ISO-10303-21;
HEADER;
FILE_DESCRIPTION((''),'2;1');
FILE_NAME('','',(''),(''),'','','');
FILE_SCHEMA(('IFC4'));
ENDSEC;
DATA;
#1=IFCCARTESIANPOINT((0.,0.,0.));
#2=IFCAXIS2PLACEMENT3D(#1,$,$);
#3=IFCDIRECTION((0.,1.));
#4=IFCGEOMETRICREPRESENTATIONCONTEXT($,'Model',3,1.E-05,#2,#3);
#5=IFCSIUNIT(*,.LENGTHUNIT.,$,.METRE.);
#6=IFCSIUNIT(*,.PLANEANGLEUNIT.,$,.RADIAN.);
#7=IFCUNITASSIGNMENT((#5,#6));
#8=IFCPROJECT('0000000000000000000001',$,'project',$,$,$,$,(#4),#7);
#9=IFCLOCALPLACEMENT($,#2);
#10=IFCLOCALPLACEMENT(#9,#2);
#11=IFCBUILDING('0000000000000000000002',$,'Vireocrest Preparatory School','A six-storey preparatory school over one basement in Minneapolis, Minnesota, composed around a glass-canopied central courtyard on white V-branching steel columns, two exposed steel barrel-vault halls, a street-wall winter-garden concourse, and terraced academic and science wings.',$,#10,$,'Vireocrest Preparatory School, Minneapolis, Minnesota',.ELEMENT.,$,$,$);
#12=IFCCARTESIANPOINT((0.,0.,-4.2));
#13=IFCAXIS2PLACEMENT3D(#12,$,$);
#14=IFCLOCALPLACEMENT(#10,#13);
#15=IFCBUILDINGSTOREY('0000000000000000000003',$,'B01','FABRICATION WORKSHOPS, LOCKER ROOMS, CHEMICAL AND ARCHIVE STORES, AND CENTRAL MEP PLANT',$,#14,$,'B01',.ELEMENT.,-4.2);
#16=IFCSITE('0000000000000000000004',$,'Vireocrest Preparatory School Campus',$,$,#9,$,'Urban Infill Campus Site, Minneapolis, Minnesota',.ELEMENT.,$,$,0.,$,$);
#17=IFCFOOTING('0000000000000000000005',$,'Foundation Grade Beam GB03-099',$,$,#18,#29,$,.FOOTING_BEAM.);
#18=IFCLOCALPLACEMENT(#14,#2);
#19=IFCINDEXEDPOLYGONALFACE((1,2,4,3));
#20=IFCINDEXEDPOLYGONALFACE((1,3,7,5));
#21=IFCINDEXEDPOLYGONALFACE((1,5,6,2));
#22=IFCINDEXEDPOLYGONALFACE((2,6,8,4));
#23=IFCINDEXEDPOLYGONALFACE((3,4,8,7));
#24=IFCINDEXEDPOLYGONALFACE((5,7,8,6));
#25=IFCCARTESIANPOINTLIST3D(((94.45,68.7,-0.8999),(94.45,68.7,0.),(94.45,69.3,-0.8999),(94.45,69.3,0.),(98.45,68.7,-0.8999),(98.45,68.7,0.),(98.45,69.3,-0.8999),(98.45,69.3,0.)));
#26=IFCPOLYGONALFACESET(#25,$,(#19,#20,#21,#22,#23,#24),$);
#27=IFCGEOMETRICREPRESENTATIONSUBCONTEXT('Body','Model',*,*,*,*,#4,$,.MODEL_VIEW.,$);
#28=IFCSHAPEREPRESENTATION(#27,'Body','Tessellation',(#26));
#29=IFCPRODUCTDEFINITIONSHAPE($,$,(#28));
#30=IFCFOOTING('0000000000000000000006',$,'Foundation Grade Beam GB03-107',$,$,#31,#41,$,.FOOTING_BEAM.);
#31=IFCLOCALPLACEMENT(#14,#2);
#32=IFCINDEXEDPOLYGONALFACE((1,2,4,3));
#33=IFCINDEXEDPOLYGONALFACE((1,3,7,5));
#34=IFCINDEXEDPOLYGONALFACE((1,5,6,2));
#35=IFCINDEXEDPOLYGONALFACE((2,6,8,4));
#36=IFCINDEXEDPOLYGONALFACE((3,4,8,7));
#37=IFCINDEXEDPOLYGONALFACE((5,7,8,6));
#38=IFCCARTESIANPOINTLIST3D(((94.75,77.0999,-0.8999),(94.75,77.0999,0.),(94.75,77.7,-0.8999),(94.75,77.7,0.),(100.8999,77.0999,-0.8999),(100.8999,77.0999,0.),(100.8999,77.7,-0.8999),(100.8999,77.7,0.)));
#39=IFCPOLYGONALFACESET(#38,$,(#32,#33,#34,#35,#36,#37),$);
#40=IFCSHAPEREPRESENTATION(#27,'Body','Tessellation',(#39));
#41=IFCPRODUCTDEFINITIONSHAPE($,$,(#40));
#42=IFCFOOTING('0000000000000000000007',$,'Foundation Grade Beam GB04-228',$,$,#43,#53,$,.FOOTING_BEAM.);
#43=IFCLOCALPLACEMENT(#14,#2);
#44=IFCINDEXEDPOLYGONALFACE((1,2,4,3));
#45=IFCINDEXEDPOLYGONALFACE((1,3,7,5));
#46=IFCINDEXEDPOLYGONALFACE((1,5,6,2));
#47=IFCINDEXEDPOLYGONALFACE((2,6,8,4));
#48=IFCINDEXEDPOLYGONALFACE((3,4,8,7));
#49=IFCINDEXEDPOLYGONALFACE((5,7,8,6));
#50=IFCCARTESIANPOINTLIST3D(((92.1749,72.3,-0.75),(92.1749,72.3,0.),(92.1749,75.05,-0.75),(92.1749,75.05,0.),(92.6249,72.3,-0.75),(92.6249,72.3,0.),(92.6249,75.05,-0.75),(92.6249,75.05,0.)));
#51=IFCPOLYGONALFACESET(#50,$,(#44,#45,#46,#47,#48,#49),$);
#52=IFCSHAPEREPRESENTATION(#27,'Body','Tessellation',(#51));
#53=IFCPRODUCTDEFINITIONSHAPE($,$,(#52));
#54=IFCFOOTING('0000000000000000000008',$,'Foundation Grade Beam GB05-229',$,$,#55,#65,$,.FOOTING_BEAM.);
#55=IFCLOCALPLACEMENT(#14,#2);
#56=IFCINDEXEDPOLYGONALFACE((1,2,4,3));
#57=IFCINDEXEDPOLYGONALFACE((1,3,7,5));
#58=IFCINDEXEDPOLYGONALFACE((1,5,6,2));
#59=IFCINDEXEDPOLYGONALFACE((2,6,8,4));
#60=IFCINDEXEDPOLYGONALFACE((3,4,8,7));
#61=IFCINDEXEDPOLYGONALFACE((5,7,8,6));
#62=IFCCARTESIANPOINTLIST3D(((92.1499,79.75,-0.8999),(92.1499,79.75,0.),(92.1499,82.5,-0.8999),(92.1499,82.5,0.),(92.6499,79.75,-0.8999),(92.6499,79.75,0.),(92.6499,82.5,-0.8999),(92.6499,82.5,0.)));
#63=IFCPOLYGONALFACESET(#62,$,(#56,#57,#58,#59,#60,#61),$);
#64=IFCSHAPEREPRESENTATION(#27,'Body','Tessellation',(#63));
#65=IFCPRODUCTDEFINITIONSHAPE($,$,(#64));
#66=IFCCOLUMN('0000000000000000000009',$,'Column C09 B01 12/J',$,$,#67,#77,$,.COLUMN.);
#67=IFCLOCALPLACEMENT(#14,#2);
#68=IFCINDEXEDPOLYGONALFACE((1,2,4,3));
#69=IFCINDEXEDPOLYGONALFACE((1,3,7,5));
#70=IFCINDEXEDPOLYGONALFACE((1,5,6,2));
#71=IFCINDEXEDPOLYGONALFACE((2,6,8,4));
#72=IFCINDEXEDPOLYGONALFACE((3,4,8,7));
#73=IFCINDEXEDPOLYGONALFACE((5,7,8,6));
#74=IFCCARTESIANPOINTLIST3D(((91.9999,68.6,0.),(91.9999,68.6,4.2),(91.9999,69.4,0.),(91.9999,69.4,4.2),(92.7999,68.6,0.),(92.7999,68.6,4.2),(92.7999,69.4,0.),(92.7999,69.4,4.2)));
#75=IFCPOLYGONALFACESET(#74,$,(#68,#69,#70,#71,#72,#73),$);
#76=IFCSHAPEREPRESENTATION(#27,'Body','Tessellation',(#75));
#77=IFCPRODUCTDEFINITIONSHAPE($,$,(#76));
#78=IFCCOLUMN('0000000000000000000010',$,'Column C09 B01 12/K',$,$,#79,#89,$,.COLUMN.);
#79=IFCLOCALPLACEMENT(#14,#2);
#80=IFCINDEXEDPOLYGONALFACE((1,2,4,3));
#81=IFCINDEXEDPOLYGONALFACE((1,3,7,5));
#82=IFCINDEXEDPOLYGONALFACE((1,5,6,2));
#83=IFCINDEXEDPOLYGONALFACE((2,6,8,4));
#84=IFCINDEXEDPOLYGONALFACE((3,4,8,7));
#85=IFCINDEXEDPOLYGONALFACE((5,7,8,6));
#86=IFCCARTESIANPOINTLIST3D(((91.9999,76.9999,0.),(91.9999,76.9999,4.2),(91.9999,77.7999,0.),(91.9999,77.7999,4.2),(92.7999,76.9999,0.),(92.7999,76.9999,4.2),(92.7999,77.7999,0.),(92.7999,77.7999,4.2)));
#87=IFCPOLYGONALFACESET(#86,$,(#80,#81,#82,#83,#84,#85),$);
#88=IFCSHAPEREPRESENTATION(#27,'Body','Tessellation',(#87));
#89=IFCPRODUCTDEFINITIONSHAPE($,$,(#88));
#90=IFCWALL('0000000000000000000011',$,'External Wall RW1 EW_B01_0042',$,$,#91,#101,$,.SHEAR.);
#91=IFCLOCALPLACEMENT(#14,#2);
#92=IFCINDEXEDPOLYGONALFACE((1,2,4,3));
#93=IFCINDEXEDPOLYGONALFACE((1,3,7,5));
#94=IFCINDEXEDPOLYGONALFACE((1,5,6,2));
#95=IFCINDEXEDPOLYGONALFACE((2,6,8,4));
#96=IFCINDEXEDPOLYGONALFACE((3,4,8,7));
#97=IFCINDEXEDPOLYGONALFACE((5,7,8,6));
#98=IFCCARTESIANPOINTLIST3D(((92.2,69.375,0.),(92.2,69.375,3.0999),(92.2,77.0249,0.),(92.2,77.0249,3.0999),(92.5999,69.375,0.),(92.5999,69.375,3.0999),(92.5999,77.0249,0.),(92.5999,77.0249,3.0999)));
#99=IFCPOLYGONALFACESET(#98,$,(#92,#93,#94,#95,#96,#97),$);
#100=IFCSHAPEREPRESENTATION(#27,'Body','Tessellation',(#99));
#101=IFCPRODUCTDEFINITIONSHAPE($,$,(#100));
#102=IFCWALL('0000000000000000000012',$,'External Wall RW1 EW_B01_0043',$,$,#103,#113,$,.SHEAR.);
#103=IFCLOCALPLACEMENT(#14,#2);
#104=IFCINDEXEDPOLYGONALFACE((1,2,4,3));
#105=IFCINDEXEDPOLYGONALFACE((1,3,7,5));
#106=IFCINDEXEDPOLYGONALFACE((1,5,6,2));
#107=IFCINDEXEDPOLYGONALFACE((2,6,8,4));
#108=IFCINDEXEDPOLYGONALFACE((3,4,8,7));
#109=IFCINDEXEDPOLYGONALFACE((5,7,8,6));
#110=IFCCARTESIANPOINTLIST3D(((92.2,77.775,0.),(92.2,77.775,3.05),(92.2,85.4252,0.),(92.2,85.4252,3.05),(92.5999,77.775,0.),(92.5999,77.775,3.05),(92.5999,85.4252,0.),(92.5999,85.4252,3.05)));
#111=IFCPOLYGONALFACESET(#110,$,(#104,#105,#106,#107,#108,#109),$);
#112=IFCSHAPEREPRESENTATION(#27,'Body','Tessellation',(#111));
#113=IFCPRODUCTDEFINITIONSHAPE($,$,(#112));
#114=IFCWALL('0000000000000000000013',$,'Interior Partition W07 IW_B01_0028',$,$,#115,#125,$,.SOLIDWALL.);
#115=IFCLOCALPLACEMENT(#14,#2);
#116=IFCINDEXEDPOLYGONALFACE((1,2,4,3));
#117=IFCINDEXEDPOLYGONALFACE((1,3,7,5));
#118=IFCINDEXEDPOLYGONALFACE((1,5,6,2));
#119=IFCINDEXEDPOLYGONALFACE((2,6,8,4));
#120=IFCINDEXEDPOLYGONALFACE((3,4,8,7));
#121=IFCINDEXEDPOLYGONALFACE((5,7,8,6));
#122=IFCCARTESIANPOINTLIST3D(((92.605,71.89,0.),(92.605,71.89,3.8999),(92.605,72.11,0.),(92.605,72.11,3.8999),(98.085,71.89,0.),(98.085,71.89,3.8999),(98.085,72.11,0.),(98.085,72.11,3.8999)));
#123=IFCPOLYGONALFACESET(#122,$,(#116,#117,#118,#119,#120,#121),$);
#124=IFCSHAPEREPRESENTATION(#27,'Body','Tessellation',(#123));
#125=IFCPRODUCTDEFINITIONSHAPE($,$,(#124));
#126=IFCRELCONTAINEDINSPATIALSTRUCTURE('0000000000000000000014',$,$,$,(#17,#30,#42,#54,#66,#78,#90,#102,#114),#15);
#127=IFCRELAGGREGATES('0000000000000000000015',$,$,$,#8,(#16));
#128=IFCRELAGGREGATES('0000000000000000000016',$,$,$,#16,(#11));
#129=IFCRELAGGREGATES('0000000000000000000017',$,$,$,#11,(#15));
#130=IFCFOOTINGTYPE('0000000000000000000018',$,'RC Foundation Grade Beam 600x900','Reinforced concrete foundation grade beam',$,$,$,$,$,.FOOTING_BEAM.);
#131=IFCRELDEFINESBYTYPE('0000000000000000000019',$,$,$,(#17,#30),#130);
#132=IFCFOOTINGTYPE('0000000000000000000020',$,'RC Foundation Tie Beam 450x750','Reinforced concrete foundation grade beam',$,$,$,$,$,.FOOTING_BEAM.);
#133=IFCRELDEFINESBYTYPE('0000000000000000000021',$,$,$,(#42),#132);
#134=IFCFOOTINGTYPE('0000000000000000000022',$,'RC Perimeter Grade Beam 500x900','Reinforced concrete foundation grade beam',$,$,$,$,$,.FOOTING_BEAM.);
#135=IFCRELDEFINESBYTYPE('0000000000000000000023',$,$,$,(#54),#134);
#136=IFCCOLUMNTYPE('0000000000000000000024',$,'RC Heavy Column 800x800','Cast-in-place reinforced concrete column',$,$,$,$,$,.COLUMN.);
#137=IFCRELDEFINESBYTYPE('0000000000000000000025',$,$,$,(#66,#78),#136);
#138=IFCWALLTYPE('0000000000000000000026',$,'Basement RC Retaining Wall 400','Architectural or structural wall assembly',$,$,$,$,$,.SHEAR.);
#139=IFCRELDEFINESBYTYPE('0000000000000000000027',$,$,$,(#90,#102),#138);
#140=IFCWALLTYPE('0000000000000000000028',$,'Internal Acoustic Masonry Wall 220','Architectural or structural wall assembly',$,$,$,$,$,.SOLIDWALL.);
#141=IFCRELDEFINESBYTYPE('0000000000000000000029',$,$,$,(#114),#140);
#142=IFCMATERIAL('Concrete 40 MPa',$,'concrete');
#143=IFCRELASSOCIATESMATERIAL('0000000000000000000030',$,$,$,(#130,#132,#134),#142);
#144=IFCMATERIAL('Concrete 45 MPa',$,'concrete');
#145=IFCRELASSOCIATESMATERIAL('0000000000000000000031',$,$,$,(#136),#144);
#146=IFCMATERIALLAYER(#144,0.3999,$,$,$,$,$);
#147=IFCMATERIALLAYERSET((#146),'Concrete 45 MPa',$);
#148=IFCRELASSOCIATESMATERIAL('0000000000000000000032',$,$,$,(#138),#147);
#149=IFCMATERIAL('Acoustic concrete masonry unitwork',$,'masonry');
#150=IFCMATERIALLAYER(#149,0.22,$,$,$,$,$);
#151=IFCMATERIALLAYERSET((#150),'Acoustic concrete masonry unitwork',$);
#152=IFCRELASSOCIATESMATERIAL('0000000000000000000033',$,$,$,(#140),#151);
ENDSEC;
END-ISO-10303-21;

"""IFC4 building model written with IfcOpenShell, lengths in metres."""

from ifc_helpers import new_model, si_unit, direction, frame, frame_2d, origin, origin_2d, place, context, subcontext, project, spatial, rectangle, extrude, material, layer, layer_set, material_profile, profile_set, type_object, element, save


model = new_model("IFC4")

# Units and contexts
model_context = context("Model", 3, precision=1e-05, world=origin(), true_north=direction((0.0, 1.0)))
body_context = subcontext(model_context, "Body", "Model", "MODEL_VIEW")
ifc_project = project(units=[si_unit("LENGTHUNIT", "METRE"), si_unit("PLANEANGLEUNIT", "RADIAN")], contexts=[model_context])

# Site, building, storey
site_placement = place(None, origin())
site = spatial("IfcSite", under=ifc_project, at=site_placement, Name="Vireocrest Preparatory School Campus", LongName="Urban Infill Campus Site, Minneapolis, Minnesota", CompositionType="ELEMENT", RefElevation=0.0)
building_placement = place(site_placement, origin())
building = spatial("IfcBuilding", under=site, at=building_placement, Name="Vireocrest Preparatory School", Description="A six-storey preparatory school over one basement in Minneapolis, Minnesota, composed around a glass-canopied central courtyard on white V-branching steel columns, two exposed steel barrel-vault halls, a street-wall winter-garden concourse, and terraced academic and science wings.", LongName="Vireocrest Preparatory School, Minneapolis, Minnesota", CompositionType="ELEMENT")
storey_placement = place(building_placement, frame((0.0, 0.0, -4.2)))
storey = spatial("IfcBuildingStorey", under=building, at=storey_placement, Name="B01", Description="FABRICATION WORKSHOPS, LOCKER ROOMS, CHEMICAL AND ARCHIVE STORES, AND CENTRAL MEP PLANT", LongName="B01", CompositionType="ELEMENT", Elevation=-4.2)

# Shared definitions
ifc_material_1 = material(Name="Concrete 40 MPa", Category="concrete")

# Footings
ifc_material_profile_1 = material_profile(ifc_material_1, rectangle(XDim=0.6001, YDim=0.8999, at=origin_2d()), Name="GB 600x900")
ifc_profile_set_1 = profile_set([ifc_material_profile_1], Name="Concrete 40 MPa")
footing_type_1 = type_object("IfcFootingType", Name="RC Foundation Grade Beam 600x900", Description="Reinforced concrete foundation grade beam", PredefinedType="FOOTING_BEAM", material=ifc_profile_set_1)
footing_1_placement = place(storey_placement, frame((94.45, 69.0, -0.45), z_axis=(1.0, 0.0, 0.0), x_axis=(0.0, 1.0, 0.0)))
element("IfcFooting", 1, at=footing_1_placement, inside=storey, type_object=footing_type_1, Name="Foundation Grade Beam GB03-099", PredefinedType="FOOTING_BEAM", context=body_context, shape_type="SweptSolid", body=[
    extrude(rectangle(XDim=0.6001, YDim=0.8999, at=origin_2d()), origin(), (0.0, 0.0, 1.0), 4.0),
])
footing_2_placement = place(storey_placement, frame((94.75, 77.3999, -0.45), z_axis=(1.0, 0.0, 0.0), x_axis=(0.0, 1.0, 0.0)))
element("IfcFooting", 2, at=footing_2_placement, inside=storey, type_object=footing_type_1, Name="Foundation Grade Beam GB03-107", PredefinedType="FOOTING_BEAM", context=body_context, shape_type="SweptSolid", body=[
    extrude(rectangle(XDim=0.6001, YDim=0.8999, at=origin_2d()), origin(), (0.0, 0.0, 1.0), 6.1499),
])
ifc_material_profile_2 = material_profile(ifc_material_1, rectangle(XDim=0.45, YDim=0.75, at=origin_2d()), Name="GB 450x750")
ifc_profile_set_2 = profile_set([ifc_material_profile_2], Name="Concrete 40 MPa")
footing_type_2 = type_object("IfcFootingType", Name="RC Foundation Tie Beam 450x750", Description="Reinforced concrete foundation grade beam", PredefinedType="FOOTING_BEAM", material=ifc_profile_set_2)
footing_3_placement = place(storey_placement, frame((92.3999, 72.3, -0.375), z_axis=(0.0, 1.0, 0.0), x_axis=(-1.0, 0.0, 0.0)))
element("IfcFooting", 3, at=footing_3_placement, inside=storey, type_object=footing_type_2, Name="Foundation Grade Beam GB04-228", PredefinedType="FOOTING_BEAM", context=body_context, shape_type="SweptSolid", body=[
    extrude(rectangle(XDim=0.45, YDim=0.75, at=origin_2d()), origin(), (0.0, 0.0, 1.0), 2.75),
])
ifc_material_profile_3 = material_profile(ifc_material_1, rectangle(XDim=0.5, YDim=0.8999, at=origin_2d()), Name="GB 500x900")
ifc_profile_set_3 = profile_set([ifc_material_profile_3], Name="Concrete 40 MPa")
footing_type_3 = type_object("IfcFootingType", Name="RC Perimeter Grade Beam 500x900", Description="Reinforced concrete foundation grade beam", PredefinedType="FOOTING_BEAM", material=ifc_profile_set_3)
footing_4_placement = place(storey_placement, frame((92.3999, 79.75, -0.45), z_axis=(0.0, 1.0, 0.0), x_axis=(-1.0, 0.0, 0.0)))
element("IfcFooting", 4, at=footing_4_placement, inside=storey, type_object=footing_type_3, Name="Foundation Grade Beam GB05-229", PredefinedType="FOOTING_BEAM", context=body_context, shape_type="SweptSolid", body=[
    extrude(rectangle(XDim=0.5, YDim=0.8999, at=origin_2d()), origin(), (0.0, 0.0, 1.0), 2.75),
])

# Columns
ifc_material_2 = material(Name="Concrete 45 MPa", Category="concrete")
ifc_material_profile_4 = material_profile(ifc_material_2, rectangle(XDim=0.8, YDim=0.8, at=origin_2d()), Name="RC 800x800")
ifc_profile_set_4 = profile_set([ifc_material_profile_4], Name="Concrete 45 MPa")
column_type = type_object("IfcColumnType", Name="RC Heavy Column 800x800", Description="Cast-in-place reinforced concrete column", PredefinedType="COLUMN", material=ifc_profile_set_4)
for number, where, z_axis, x_axis, name in (
    (5, (92.3999, 69.0, 0.0), (0.0, 0.0, 1.0), (1.0, 0.0, 0.0), "Column C09 B01 12/J"),
    (6, (92.3999, 77.3999, 0.0), (0.0, 0.0, 1.0), (1.0, 0.0, 0.0), "Column C09 B01 12/K"),
):
    element("IfcColumn", number, at=place(storey_placement, frame(where, z_axis=z_axis, x_axis=x_axis)), inside=storey, type_object=column_type, Name=name, PredefinedType="COLUMN", context=body_context, shape_type="SweptSolid", body=[
        extrude(rectangle(XDim=0.8, YDim=0.8, at=origin_2d()), origin(), (0.0, 0.0, 1.0), 4.2),
    ])

# Walls
ifc_layer_1 = layer(ifc_material_2, 0.3999)
ifc_layer_set_1 = layer_set([ifc_layer_1], Name="Concrete 45 MPa")
wall_type_1 = type_object("IfcWallType", Name="Basement RC Retaining Wall 400", Description="Architectural or structural wall assembly", PredefinedType="SHEAR", material=ifc_layer_set_1)
wall_1_placement = place(storey_placement, frame((92.3999, 69.375, 0.0), z_axis=(0.0, 0.0, 1.0), x_axis=(0.0, 1.0, 0.0)))
element("IfcWall", 7, at=wall_1_placement, inside=storey, type_object=wall_type_1, Name="External Wall RW1 EW_B01_0042", PredefinedType="SHEAR", context=body_context, shape_type="SweptSolid", body=[
    extrude(rectangle(XDim=7.6499, YDim=0.3999, at=frame_2d((3.825, 0.0))), origin(), (0.0, 0.0, 1.0), 3.0999),
])
wall_2_placement = place(storey_placement, frame((92.3999, 77.7749, 0.0), z_axis=(0.0, 0.0, 1.0), x_axis=(0.0, 1.0, 0.0)))
element("IfcWall", 8, at=wall_2_placement, inside=storey, type_object=wall_type_1, Name="External Wall RW1 EW_B01_0043", PredefinedType="SHEAR", context=body_context, shape_type="SweptSolid", body=[
    extrude(rectangle(XDim=7.6501, YDim=0.3999, at=frame_2d((3.8252, 0.0))), origin(), (0.0, 0.0, 1.0), 3.05),
])
ifc_material_3 = material(Name="Acoustic concrete masonry unitwork", Category="masonry")
ifc_layer_2 = layer(ifc_material_3, 0.22)
ifc_layer_set_2 = layer_set([ifc_layer_2], Name="Acoustic concrete masonry unitwork")
wall_type_2 = type_object("IfcWallType", Name="Internal Acoustic Masonry Wall 220", Description="Architectural or structural wall assembly", PredefinedType="SOLIDWALL", material=ifc_layer_set_2)
wall_3_placement = place(storey_placement, frame((92.605, 72.0, 0.0), z_axis=(0.0, 0.0, 1.0), x_axis=(1.0, 0.0, 0.0)))
element("IfcWall", 9, at=wall_3_placement, inside=storey, type_object=wall_type_2, Name="Interior Partition W07 IW_B01_0028", PredefinedType="SOLIDWALL", context=body_context, shape_type="SweptSolid", body=[
    extrude(rectangle(XDim=5.48, YDim=0.22, at=frame_2d((2.74, 0.0))), origin(), (0.0, 0.0, 1.0), 3.8999),
])

save(model, "model.ifc")
